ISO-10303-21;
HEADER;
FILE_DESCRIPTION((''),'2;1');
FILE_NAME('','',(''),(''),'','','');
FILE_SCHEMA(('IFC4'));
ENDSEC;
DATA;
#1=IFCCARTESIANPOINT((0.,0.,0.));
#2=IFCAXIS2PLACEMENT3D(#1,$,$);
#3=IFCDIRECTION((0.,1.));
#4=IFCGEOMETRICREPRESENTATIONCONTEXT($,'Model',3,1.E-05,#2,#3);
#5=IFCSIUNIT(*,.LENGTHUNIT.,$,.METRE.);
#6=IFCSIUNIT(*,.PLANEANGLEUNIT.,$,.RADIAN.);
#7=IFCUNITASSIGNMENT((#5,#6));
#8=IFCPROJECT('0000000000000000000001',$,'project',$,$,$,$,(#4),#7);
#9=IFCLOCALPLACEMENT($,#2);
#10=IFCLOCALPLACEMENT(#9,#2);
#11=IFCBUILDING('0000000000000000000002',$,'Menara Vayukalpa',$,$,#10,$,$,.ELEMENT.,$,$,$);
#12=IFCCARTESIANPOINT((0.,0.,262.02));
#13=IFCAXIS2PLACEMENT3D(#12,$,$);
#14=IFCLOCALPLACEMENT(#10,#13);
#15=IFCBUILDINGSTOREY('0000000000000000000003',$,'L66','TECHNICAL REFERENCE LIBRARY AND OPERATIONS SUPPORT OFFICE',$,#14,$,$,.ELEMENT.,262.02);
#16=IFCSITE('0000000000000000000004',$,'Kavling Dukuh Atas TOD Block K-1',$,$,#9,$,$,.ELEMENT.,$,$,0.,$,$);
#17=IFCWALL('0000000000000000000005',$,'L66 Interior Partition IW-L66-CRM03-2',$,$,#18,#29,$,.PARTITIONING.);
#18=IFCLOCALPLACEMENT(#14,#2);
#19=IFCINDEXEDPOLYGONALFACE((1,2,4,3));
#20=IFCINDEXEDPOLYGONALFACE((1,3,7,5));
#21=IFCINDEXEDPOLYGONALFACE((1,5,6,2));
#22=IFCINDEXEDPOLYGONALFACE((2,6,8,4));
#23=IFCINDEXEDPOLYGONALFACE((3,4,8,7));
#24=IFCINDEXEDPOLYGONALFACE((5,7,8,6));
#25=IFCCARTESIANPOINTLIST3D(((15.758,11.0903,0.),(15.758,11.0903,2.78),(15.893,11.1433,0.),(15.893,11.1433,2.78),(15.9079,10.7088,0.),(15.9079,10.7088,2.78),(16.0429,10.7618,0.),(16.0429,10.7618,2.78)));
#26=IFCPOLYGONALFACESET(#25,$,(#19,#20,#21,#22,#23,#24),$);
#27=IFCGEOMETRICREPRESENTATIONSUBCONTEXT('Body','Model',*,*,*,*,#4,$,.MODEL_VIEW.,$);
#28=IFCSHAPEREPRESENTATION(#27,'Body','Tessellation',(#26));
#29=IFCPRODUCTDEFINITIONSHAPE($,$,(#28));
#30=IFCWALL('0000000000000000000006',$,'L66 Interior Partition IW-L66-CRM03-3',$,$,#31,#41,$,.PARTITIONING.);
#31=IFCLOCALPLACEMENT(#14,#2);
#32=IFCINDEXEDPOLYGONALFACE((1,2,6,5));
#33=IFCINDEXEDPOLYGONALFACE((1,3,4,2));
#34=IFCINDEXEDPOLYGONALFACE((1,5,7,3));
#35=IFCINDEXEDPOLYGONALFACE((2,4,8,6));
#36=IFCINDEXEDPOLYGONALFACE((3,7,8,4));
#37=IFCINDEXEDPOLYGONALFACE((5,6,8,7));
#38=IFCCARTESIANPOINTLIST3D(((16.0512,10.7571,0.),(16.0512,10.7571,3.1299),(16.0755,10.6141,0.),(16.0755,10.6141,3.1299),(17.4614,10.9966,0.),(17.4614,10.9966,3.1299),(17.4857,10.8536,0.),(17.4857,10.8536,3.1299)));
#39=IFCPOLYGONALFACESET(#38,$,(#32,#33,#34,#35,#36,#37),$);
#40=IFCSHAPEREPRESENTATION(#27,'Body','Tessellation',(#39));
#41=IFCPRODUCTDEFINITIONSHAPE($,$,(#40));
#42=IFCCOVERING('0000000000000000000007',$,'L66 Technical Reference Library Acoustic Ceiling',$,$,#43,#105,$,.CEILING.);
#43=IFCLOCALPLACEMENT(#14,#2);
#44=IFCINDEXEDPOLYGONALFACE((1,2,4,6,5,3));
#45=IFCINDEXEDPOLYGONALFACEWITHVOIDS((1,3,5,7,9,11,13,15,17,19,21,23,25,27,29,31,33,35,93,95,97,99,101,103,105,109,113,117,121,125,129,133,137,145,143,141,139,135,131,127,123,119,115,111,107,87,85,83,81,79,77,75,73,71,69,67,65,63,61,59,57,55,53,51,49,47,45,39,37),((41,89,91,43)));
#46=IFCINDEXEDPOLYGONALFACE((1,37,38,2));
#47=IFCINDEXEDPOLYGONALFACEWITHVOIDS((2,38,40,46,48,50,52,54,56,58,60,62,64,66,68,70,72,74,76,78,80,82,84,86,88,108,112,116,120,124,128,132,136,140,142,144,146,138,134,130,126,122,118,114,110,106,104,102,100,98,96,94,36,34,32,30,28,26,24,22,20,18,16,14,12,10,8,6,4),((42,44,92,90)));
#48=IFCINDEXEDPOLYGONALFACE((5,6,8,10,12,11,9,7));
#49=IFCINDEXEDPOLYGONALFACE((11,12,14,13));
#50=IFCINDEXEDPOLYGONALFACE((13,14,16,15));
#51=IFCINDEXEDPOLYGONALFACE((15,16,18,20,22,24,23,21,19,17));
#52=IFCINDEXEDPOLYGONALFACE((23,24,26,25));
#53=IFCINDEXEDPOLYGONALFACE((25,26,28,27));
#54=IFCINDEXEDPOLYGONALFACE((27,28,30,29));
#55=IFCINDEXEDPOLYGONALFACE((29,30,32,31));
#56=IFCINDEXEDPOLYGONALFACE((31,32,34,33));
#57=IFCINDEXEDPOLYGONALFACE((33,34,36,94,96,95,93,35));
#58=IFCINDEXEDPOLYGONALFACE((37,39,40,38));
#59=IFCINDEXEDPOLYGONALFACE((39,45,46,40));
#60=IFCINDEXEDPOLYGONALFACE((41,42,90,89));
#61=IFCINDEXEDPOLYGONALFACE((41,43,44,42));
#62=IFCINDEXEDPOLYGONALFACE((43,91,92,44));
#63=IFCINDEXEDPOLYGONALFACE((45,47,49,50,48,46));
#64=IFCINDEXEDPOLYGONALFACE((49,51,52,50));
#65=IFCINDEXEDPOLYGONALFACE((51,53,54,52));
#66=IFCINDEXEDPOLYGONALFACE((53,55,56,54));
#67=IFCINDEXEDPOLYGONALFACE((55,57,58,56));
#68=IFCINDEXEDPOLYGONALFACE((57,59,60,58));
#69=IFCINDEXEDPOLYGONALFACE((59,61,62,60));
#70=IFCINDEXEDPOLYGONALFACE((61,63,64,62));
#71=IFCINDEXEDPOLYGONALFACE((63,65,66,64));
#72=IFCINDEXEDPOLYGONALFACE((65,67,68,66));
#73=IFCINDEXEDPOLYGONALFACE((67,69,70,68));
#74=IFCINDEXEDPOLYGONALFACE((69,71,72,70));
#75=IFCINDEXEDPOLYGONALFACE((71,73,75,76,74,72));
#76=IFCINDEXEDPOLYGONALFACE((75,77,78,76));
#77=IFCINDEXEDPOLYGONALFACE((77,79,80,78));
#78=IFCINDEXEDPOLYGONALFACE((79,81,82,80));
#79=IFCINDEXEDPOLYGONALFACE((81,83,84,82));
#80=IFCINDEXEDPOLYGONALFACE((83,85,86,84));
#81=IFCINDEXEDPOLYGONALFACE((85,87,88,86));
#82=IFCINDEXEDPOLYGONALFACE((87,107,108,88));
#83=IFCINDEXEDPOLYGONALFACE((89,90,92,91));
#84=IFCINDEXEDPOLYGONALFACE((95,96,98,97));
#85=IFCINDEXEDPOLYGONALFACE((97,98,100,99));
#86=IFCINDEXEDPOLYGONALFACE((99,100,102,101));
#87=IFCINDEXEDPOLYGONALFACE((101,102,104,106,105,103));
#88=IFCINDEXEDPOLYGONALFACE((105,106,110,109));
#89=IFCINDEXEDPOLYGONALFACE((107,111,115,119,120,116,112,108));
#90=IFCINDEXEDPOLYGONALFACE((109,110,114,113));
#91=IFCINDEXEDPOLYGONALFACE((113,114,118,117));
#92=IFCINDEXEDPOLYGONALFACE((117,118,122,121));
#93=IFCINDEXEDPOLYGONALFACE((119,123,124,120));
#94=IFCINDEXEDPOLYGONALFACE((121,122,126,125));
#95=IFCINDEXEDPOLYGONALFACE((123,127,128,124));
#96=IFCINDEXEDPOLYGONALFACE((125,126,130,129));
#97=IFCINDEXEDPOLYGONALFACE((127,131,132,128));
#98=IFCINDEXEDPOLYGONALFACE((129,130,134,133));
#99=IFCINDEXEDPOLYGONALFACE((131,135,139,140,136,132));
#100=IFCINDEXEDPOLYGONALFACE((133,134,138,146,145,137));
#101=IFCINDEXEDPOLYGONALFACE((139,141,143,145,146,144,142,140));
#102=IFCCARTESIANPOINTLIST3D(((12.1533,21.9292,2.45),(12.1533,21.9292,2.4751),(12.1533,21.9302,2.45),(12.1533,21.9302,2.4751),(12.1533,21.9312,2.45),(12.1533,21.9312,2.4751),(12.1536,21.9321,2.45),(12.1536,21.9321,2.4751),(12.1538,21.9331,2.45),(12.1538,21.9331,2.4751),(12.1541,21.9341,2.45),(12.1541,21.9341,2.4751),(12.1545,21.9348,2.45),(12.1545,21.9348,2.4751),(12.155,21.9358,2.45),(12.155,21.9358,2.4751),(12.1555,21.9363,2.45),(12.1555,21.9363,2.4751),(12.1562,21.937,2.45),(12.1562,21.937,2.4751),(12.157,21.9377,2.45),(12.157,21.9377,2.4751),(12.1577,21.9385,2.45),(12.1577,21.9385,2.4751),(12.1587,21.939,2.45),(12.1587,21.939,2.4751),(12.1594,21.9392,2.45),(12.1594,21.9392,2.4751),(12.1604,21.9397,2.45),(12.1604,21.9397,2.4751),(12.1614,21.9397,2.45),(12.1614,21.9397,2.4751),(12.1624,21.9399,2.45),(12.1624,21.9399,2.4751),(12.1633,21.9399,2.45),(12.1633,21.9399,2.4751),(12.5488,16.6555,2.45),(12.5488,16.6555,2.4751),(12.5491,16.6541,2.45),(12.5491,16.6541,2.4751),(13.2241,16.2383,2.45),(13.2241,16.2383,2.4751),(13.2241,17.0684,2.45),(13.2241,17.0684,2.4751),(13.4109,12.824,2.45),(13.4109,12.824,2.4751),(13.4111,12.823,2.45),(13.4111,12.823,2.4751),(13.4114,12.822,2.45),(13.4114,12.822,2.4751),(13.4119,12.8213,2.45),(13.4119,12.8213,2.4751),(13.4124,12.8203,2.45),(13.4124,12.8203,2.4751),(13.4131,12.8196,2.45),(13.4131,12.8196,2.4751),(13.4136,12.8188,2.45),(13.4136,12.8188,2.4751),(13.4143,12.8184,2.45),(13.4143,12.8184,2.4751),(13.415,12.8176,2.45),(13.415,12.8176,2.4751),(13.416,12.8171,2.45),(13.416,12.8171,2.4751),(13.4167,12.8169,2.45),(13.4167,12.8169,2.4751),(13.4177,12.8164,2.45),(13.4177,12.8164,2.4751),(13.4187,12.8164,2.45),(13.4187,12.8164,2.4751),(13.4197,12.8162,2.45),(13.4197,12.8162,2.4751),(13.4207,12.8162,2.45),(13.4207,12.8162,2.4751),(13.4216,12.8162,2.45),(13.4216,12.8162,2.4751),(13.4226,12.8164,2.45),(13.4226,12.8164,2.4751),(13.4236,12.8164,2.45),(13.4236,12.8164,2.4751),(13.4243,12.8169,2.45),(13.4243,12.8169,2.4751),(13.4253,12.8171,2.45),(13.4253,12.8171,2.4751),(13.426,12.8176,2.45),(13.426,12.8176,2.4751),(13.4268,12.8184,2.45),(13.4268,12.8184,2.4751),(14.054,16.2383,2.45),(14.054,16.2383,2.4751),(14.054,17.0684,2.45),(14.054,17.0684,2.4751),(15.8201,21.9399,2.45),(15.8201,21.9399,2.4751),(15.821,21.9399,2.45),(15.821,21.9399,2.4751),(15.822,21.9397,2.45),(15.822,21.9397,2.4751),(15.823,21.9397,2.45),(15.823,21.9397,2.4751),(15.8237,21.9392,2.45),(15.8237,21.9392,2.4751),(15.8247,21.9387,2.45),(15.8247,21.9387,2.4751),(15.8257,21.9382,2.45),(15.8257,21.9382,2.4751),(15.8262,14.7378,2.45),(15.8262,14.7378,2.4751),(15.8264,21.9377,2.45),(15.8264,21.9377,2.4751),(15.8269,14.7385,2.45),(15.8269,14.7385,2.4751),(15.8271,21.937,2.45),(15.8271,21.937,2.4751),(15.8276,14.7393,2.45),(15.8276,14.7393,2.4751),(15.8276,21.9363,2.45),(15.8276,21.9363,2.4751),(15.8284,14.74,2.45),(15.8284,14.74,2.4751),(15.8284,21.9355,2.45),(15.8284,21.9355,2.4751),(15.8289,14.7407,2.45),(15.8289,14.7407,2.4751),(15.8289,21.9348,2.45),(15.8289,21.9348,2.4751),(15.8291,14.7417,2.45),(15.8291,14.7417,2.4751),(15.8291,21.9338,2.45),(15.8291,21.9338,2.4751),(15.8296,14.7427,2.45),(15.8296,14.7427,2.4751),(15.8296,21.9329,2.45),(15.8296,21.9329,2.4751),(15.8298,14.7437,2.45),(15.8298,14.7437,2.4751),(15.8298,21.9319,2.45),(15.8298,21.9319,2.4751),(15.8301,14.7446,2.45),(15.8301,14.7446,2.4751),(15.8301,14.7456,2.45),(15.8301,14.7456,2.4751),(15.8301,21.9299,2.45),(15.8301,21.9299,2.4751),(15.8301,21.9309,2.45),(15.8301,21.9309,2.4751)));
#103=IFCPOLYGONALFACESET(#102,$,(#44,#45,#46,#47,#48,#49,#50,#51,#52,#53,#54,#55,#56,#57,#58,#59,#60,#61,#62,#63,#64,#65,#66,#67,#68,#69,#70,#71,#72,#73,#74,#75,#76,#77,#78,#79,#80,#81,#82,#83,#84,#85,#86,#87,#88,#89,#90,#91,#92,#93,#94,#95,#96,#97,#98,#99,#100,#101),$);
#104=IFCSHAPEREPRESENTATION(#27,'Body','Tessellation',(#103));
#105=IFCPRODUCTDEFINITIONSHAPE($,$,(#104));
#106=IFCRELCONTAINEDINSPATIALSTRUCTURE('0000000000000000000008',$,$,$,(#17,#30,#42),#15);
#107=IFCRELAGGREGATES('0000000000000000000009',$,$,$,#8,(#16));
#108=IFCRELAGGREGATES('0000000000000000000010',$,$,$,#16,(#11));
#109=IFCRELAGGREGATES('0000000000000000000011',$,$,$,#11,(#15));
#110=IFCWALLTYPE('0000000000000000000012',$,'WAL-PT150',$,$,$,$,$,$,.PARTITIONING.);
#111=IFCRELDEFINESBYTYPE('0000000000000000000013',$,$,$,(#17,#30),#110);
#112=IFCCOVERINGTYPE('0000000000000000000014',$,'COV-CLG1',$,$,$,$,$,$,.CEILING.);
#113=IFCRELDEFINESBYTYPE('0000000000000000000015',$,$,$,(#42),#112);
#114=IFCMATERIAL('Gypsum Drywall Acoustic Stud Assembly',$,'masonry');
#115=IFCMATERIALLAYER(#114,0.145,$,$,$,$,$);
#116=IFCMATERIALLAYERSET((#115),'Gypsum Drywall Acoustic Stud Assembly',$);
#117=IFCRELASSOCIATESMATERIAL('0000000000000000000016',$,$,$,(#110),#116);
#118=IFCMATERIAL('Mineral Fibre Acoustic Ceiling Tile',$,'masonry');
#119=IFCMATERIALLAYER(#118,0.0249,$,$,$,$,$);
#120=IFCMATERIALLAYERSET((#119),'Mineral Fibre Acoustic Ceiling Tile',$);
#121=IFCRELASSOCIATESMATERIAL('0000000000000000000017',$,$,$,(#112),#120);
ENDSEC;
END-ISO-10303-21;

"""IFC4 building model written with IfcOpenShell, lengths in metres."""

from ifc_helpers import new_model, si_unit, direction, frame, frame_2d, origin, place, context, subcontext, project, spatial, polyline, rectangle, outline, extrude, material, layer, layer_set, type_object, element, save


model = new_model("IFC4")

# Units and contexts
model_context = context("Model", 3, precision=1e-05, world=origin(), true_north=direction((0.0, 1.0)))
body_context = subcontext(model_context, "Body", "Model", "MODEL_VIEW")
ifc_project = project(units=[si_unit("LENGTHUNIT", "METRE"), si_unit("PLANEANGLEUNIT", "RADIAN")], contexts=[model_context])

# Site, building, storey
site_placement = place(None, origin())
site = spatial("IfcSite", under=ifc_project, at=site_placement, Name="Kavling Dukuh Atas TOD Block K-1", CompositionType="ELEMENT", RefElevation=0.0)
building_placement = place(site_placement, origin())
building = spatial("IfcBuilding", under=site, at=building_placement, Name="Menara Vayukalpa", CompositionType="ELEMENT")
storey_placement = place(building_placement, frame((0.0, 0.0, 262.02)))
storey = spatial("IfcBuildingStorey", under=building, at=storey_placement, Name="L66", Description="TECHNICAL REFERENCE LIBRARY AND OPERATIONS SUPPORT OFFICE", CompositionType="ELEMENT", Elevation=262.02)

# Walls
ifc_material_1 = material(Name="Gypsum Drywall Acoustic Stud Assembly", Category="masonry")
ifc_layer_1 = layer(ifc_material_1, 0.145)
ifc_layer_set_1 = layer_set([ifc_layer_1], Name="Gypsum Drywall Acoustic Stud Assembly")
wall_type_1 = type_object("IfcWallType", Name="WAL-PT150", PredefinedType="PARTITIONING", material=ifc_layer_set_1)
wall_1_placement = place(storey_placement, frame((15.8254, 11.1169, 0.0), z_axis=(0.0, 0.0, 1.0), x_axis=(0.365634, -0.930759, 0.0)))
element("IfcWall", 1, at=wall_1_placement, inside=storey, type_object=wall_type_1, Name="L66 Interior Partition IW-L66-CRM03-2", PredefinedType="PARTITIONING", context=body_context, shape_type="SweptSolid", body=[
    extrude(rectangle(XDim=0.4099, YDim=0.145, at=frame_2d((0.2051, 0.0))), origin(), (0.0, 0.0, 1.0), 2.78),
])
wall_2_placement = place(storey_placement, frame((16.0632, 10.6855, 0.0), z_axis=(0.0, 0.0, 1.0), x_axis=(0.985882, 0.167443, 0.0)))
element("IfcWall", 2, at=wall_2_placement, inside=storey, type_object=wall_type_1, Name="L66 Interior Partition IW-L66-CRM03-3", PredefinedType="PARTITIONING", context=body_context, shape_type="SweptSolid", body=[
    extrude(rectangle(XDim=1.4304, YDim=0.145, at=frame_2d((0.7153, 0.0))), origin(), (0.0, 0.0, 1.0), 3.1299),
])

# Covering
ifc_material_2 = material(Name="Mineral Fibre Acoustic Ceiling Tile", Category="masonry")
ifc_layer_2 = layer(ifc_material_2, 0.0249)
ifc_layer_set_2 = layer_set([ifc_layer_2], Name="Mineral Fibre Acoustic Ceiling Tile")
covering_type_1 = type_object("IfcCoveringType", Name="COV-CLG1", PredefinedType="CEILING", material=ifc_layer_set_2)
covering_1_placement = place(storey_placement, frame((0.0, 0.0, 2.45)))
element("IfcCovering", 3, at=covering_1_placement, inside=storey, type_object=covering_type_1, Name="L66 Technical Reference Library Acoustic Ceiling", PredefinedType="CEILING", context=body_context, shape_type="SweptSolid", body=[
    extrude(outline(polyline([(12.1533, 21.9292), (12.1533, 21.9302), (12.1533, 21.9312), (12.1536, 21.9321), (12.1538, 21.9331), (12.1541, 21.9341), (12.1545, 21.9348), (12.155, 21.9358), (12.1555, 21.9363), (12.1562, 21.937), (12.157, 21.9377), (12.1577, 21.9385), (12.1587, 21.939), (12.1594, 21.9392), (12.1604, 21.9397), (12.1614, 21.9397), (12.1624, 21.9399), (12.1633, 21.9399), (15.8201, 21.9399), (15.821, 21.9399), (15.822, 21.9397), (15.823, 21.9397), (15.8237, 21.9392), (15.8247, 21.9387), (15.8257, 21.9382), (15.8264, 21.9377), (15.8271, 21.937), (15.8276, 21.9363), (15.8284, 21.9355), (15.8289, 21.9348), (15.8291, 21.9338), (15.8296, 21.9329), (15.8298, 21.9319), (15.8301, 21.9309), (15.8301, 21.9299), (15.8301, 14.7456), (15.8301, 14.7446), (15.8298, 14.7437), (15.8296, 14.7427), (15.8291, 14.7417), (15.8289, 14.7407), (15.8284, 14.74), (15.8276, 14.7393), (15.8269, 14.7385), (15.8262, 14.7378), (13.4268, 12.8184), (13.426, 12.8176), (13.4253, 12.8171), (13.4243, 12.8169), (13.4236, 12.8164), (13.4226, 12.8164), (13.4216, 12.8162), (13.4207, 12.8162), (13.4197, 12.8162), (13.4187, 12.8164), (13.4177, 12.8164), (13.4167, 12.8169), (13.416, 12.8171), (13.415, 12.8176), (13.4143, 12.8184), (13.4136, 12.8188), (13.4131, 12.8196), (13.4124, 12.8203), (13.4119, 12.8213), (13.4114, 12.822), (13.4111, 12.823), (13.4109, 12.824), (12.5491, 16.6541), (12.5488, 16.6555), (12.1533, 21.9292)]), holes=[polyline([(14.054, 17.0684), (13.2241, 17.0684), (13.2241, 16.2383), (14.054, 16.2383), (14.054, 17.0684)])]), origin(), (0.0, 0.0, 1.0), 0.0251),
])

save(model, "model.ifc")
